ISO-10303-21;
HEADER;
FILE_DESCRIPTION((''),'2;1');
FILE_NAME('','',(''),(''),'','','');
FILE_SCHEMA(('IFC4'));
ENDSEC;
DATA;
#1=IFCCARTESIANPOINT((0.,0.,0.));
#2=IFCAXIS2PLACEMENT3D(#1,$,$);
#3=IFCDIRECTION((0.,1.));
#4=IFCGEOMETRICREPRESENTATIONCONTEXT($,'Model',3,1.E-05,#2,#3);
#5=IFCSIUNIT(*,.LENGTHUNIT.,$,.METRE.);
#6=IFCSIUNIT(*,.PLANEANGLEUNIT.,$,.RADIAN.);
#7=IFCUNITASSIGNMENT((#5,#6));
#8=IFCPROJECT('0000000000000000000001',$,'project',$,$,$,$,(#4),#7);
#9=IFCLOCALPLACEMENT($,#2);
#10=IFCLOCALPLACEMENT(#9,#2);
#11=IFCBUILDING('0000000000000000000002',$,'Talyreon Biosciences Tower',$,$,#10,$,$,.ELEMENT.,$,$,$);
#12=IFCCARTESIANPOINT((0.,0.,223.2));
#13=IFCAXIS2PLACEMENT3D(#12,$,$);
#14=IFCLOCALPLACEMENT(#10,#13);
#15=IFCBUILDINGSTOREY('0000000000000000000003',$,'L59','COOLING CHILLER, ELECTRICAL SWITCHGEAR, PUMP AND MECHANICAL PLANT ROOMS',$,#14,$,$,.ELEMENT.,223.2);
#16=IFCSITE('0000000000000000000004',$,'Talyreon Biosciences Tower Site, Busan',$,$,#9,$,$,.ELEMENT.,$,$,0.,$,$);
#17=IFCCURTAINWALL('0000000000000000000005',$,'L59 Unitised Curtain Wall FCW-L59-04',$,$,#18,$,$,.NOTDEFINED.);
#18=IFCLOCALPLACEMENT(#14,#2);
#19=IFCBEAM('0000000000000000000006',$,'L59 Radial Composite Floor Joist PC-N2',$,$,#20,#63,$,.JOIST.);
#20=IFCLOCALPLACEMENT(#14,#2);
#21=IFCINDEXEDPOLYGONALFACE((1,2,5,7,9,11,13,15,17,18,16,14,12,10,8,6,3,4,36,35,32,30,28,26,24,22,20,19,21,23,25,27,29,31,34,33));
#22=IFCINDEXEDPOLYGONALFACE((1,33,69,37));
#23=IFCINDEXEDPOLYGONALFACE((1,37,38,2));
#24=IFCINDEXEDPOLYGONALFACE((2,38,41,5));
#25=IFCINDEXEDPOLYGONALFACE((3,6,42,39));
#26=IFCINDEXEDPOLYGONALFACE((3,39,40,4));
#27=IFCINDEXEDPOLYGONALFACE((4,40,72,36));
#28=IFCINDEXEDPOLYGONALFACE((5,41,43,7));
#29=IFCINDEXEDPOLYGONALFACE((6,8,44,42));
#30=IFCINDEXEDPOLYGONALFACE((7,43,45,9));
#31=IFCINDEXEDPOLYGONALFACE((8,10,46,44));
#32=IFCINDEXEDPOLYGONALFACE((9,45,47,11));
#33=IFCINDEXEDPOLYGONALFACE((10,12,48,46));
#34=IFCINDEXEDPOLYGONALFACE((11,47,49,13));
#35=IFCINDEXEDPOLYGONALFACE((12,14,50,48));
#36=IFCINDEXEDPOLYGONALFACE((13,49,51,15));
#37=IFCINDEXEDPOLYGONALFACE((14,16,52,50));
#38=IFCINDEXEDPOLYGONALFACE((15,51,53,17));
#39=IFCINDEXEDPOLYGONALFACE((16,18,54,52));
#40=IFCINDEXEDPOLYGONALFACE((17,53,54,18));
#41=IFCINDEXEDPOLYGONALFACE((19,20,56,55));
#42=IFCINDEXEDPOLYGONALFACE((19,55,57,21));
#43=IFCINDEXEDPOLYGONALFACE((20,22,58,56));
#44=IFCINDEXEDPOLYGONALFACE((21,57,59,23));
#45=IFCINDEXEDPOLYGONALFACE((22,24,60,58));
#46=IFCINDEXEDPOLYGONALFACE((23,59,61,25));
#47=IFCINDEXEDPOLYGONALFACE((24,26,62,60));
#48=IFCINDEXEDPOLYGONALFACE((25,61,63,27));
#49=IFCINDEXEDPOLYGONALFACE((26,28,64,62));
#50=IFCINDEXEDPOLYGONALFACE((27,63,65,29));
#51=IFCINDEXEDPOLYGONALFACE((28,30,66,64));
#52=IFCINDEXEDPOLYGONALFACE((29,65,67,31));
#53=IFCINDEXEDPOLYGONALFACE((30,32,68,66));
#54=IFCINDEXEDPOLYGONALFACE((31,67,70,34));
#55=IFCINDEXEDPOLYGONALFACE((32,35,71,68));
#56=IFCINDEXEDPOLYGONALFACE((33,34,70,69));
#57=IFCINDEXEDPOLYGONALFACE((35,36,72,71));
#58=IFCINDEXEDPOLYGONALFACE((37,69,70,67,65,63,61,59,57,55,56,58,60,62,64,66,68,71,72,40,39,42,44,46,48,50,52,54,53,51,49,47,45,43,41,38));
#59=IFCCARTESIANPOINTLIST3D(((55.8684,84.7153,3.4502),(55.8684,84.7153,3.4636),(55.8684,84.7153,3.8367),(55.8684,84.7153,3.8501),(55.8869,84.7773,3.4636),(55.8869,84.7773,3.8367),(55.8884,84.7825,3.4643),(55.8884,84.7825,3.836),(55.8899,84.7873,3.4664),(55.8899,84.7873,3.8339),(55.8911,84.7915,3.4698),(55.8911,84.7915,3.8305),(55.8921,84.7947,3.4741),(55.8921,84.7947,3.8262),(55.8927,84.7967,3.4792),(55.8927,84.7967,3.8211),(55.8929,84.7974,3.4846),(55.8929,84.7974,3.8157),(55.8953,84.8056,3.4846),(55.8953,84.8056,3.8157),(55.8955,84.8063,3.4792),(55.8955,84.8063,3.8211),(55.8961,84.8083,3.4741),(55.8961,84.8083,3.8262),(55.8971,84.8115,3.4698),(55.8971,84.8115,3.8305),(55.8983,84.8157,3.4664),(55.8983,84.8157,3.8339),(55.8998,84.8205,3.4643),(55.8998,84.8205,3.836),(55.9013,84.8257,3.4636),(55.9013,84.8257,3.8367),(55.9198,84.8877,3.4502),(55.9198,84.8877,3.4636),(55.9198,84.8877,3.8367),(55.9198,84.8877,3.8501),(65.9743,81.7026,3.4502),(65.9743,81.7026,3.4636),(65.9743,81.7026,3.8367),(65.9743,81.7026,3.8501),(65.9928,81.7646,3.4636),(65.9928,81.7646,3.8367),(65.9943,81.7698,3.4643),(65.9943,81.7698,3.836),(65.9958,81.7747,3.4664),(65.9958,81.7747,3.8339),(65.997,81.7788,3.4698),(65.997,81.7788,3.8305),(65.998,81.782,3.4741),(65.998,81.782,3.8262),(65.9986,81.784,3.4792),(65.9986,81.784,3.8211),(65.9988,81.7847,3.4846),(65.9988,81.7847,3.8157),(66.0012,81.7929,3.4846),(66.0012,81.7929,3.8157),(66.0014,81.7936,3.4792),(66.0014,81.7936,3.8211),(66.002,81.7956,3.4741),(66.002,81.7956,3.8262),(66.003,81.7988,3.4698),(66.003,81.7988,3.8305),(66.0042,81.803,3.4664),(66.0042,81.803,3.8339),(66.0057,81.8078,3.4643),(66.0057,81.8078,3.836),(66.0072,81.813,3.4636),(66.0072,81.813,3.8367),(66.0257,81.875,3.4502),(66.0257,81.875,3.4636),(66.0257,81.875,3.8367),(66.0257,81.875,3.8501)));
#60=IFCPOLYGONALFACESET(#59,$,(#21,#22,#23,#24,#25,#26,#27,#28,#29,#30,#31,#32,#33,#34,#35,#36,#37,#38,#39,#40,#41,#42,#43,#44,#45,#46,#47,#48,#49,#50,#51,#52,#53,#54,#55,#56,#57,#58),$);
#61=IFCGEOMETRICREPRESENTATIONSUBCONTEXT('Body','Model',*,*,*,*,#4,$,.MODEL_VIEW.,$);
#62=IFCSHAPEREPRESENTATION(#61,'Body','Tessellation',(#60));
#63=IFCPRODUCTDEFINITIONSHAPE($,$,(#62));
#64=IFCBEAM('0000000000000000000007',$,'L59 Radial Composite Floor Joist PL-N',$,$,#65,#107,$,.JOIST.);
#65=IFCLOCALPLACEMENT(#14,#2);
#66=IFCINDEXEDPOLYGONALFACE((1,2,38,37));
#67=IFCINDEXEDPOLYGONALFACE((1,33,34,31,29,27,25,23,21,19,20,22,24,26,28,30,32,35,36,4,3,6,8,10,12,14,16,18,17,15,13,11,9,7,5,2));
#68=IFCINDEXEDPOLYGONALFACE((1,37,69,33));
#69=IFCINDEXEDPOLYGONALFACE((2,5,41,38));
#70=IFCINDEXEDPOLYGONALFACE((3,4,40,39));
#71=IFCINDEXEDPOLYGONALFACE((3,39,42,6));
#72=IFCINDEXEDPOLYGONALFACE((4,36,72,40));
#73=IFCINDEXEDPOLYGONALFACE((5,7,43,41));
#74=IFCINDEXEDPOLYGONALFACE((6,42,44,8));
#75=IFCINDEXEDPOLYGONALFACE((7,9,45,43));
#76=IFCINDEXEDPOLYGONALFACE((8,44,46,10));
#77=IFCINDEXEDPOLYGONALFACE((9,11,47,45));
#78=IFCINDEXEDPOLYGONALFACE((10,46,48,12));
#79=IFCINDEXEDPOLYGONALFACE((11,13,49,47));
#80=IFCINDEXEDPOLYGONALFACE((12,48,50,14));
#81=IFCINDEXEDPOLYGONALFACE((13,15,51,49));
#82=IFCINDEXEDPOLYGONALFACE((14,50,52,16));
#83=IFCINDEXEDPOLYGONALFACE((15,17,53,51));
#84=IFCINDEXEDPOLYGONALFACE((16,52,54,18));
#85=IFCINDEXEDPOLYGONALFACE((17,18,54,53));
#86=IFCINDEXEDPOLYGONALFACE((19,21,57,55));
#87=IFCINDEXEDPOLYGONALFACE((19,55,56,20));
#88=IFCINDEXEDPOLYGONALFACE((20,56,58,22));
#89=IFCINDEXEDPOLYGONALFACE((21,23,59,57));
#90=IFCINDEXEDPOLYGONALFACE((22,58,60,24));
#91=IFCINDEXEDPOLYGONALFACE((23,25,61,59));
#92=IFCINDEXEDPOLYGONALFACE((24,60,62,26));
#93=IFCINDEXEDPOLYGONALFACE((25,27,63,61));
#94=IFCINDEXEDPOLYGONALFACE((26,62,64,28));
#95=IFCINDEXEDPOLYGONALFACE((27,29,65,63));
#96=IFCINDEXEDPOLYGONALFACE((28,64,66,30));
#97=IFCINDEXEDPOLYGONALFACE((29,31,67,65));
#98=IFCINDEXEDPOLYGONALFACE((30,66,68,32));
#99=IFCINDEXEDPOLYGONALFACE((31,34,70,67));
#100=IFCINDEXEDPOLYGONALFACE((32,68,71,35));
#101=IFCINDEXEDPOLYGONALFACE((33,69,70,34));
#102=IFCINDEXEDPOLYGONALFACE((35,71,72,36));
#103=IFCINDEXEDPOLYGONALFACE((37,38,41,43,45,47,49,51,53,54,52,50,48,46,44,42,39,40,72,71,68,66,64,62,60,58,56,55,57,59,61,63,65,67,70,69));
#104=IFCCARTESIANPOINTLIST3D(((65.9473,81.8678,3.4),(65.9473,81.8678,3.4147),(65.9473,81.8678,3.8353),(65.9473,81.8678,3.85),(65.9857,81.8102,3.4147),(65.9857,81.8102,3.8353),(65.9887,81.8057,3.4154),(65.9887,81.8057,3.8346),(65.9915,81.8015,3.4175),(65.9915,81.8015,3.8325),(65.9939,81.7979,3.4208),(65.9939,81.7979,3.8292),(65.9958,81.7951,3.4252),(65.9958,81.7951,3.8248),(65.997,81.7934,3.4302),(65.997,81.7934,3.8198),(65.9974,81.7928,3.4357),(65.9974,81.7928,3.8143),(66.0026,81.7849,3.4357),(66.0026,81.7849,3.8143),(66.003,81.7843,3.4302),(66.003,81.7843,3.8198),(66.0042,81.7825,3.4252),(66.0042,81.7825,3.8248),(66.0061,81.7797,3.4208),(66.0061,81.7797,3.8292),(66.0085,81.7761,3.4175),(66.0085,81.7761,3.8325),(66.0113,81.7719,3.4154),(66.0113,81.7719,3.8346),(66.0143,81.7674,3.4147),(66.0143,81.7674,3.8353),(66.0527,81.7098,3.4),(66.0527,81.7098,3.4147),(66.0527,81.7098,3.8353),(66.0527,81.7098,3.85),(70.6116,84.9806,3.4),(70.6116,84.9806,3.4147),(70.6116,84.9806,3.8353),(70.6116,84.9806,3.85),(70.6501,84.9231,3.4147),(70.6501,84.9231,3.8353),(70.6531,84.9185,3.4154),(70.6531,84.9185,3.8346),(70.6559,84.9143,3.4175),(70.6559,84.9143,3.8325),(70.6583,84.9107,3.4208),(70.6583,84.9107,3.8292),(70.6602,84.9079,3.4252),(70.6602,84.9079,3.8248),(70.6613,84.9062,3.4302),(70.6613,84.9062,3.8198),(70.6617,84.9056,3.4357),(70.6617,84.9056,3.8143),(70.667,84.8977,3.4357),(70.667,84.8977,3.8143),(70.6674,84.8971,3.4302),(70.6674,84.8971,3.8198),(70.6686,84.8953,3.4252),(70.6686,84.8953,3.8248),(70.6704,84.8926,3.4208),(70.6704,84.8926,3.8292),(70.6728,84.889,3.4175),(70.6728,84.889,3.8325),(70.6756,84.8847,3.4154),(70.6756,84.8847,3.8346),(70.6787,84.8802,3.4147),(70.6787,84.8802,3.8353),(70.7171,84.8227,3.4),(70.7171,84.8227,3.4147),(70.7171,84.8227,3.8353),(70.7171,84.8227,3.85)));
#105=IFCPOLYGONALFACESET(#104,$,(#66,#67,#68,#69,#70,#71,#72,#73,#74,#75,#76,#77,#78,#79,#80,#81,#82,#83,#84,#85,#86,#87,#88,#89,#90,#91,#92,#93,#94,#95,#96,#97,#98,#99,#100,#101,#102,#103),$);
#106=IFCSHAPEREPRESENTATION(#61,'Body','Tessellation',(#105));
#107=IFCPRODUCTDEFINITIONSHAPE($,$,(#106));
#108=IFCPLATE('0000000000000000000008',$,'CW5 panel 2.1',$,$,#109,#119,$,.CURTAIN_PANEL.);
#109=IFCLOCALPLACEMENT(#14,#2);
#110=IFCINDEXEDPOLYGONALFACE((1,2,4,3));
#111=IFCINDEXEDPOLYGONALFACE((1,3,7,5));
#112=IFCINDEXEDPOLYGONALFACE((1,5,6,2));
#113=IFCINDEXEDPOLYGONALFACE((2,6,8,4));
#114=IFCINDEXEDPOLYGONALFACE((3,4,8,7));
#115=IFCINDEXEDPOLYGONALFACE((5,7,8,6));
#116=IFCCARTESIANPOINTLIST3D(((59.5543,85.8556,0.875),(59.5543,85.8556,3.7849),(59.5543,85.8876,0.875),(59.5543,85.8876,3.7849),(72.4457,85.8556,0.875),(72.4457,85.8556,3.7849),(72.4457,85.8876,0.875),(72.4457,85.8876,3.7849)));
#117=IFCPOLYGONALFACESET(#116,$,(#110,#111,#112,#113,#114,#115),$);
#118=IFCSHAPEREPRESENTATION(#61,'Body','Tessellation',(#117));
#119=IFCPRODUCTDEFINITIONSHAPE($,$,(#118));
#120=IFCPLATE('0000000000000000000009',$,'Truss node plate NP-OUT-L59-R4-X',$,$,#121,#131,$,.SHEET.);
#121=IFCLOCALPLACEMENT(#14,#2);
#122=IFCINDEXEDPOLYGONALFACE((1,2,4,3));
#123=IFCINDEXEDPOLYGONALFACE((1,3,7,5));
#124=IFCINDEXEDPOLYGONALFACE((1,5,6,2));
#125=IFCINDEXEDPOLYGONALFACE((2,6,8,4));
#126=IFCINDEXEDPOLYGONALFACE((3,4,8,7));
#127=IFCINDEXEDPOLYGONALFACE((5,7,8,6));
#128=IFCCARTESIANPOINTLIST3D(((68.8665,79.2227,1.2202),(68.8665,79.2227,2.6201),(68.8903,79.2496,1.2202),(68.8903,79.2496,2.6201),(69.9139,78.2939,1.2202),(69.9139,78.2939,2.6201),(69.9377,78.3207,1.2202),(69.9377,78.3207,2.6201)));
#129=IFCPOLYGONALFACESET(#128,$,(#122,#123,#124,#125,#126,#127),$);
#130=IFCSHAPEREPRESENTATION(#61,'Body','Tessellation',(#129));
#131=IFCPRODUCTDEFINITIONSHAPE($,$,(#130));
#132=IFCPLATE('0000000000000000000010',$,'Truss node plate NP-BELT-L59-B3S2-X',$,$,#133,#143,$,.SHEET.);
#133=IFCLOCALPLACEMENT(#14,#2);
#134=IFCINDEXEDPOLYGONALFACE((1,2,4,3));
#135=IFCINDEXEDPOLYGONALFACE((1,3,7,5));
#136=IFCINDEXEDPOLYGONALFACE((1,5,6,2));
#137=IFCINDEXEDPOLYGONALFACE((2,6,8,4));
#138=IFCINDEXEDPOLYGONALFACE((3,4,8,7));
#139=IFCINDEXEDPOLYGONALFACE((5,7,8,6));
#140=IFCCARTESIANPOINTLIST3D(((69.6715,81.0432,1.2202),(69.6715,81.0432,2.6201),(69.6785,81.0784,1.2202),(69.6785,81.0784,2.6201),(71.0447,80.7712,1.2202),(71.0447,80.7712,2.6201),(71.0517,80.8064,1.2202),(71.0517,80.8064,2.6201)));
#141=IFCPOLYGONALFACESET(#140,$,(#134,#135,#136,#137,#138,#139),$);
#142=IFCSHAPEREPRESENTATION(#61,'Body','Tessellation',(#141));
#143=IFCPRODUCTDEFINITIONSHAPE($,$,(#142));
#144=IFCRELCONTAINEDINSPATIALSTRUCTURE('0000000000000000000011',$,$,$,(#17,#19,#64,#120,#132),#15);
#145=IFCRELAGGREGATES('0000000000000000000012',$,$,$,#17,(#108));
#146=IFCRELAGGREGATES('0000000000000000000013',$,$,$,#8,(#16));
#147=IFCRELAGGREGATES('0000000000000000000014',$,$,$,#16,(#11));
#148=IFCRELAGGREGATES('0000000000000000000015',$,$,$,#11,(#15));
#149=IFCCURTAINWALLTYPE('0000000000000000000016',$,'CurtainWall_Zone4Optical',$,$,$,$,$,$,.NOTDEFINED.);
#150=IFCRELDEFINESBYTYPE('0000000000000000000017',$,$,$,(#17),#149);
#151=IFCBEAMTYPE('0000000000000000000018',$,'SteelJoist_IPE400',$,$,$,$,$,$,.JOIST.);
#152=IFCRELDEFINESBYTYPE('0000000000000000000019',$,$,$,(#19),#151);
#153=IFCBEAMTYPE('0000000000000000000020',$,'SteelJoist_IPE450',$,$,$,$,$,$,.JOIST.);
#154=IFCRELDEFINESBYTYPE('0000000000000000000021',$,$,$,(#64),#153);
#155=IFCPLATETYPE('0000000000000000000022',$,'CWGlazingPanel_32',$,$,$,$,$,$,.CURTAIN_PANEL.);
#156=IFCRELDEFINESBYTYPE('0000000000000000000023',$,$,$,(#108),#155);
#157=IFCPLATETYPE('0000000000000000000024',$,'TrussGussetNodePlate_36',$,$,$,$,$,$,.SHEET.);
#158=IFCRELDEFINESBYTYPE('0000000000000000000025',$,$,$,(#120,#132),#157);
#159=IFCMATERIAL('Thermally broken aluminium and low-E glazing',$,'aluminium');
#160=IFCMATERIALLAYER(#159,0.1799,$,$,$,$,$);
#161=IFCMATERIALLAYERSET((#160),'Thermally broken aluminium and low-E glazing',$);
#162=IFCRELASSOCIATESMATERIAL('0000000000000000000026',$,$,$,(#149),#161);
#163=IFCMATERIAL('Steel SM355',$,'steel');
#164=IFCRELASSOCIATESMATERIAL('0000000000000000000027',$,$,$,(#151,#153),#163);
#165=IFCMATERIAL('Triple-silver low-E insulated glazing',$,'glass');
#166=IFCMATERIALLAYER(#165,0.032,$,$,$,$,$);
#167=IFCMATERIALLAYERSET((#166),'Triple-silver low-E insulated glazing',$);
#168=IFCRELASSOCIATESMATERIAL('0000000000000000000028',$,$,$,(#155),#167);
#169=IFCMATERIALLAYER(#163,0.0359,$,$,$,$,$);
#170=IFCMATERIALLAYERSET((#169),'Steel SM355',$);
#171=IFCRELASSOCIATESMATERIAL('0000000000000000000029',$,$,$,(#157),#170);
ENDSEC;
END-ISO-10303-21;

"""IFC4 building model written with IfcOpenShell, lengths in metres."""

from ifc_helpers import new_model, si_unit, direction, frame, origin, origin_2d, place, context, subcontext, project, spatial, rectangle, i_section, extrude, material, layer, layer_set, material_profile, profile_set, type_object, element, aggregate, save


model = new_model("IFC4")

# Units and contexts
model_context = context("Model", 3, precision=1e-05, world=origin(), true_north=direction((0.0, 1.0)))
body_context = subcontext(model_context, "Body", "Model", "MODEL_VIEW")
ifc_project = project(units=[si_unit("LENGTHUNIT", "METRE"), si_unit("PLANEANGLEUNIT", "RADIAN")], contexts=[model_context])

# Site, building, storey
site_placement = place(None, origin())
site = spatial("IfcSite", under=ifc_project, at=site_placement, Name="Talyreon Biosciences Tower Site, Busan", CompositionType="ELEMENT", RefElevation=0.0)
building_placement = place(site_placement, origin())
building = spatial("IfcBuilding", under=site, at=building_placement, Name="Talyreon Biosciences Tower", CompositionType="ELEMENT")
storey_placement = place(building_placement, frame((0.0, 0.0, 223.2)))
storey = spatial("IfcBuildingStorey", under=building, at=storey_placement, Name="L59", Description="COOLING CHILLER, ELECTRICAL SWITCHGEAR, PUMP AND MECHANICAL PLANT ROOMS", CompositionType="ELEMENT", Elevation=223.2)

# Shared definitions
ifc_material_1 = material(Name="Steel SM355", Category="steel")

# Curtain wall
ifc_material_2 = material(Name="Thermally broken aluminium and low-E glazing", Category="aluminium")
ifc_layer_1 = layer(ifc_material_2, 0.1799)
ifc_layer_set_1 = layer_set([ifc_layer_1], Name="Thermally broken aluminium and low-E glazing")
curtain_wall_type = type_object("IfcCurtainWallType", Name="CurtainWall_Zone4Optical", PredefinedType="NOTDEFINED", material=ifc_layer_set_1)
curtain_wall_placement = place(storey_placement, origin())
curtain_wall = element("IfcCurtainWall", 1, at=curtain_wall_placement, inside=storey, type_object=curtain_wall_type, Name="L59 Unitised Curtain Wall FCW-L59-04", PredefinedType="NOTDEFINED")

# Beams
ifc_material_profile_1 = material_profile(ifc_material_1, i_section(OverallWidth=0.1799, OverallDepth=0.3999, WebThickness=0.0085, FlangeThickness=0.0134, FilletRadius=0.021, at=origin_2d()), Name="IPE400")
ifc_profile_set_1 = profile_set([ifc_material_profile_1], Name="Steel SM355")
beam_type_1 = type_object("IfcBeamType", Name="SteelJoist_IPE400", PredefinedType="JOIST", material=ifc_profile_set_1)
for number, where, z_axis, x_axis, name in (
    (2, (66.0, 81.7888, 3.6501), (-0.958323, 0.285687, 0.0), (-0.285687, -0.958323, 0.0), "L59 Radial Composite Floor Joist PC-N2"),
):
    element("IfcBeam", number, at=place(storey_placement, frame(where, z_axis=z_axis, x_axis=x_axis)), inside=storey, type_object=beam_type_1, Name=name, PredefinedType="JOIST", context=body_context, shape_type="SweptSolid", body=[
        extrude(i_section(OverallWidth=0.1799, OverallDepth=0.3999, WebThickness=0.0085, FlangeThickness=0.0134, FilletRadius=0.021, at=origin_2d()), origin(), (0.0, 0.0, 1.0), 10.5454),
    ])
ifc_material_profile_2 = material_profile(ifc_material_1, i_section(OverallWidth=0.1899, OverallDepth=0.45, WebThickness=0.0095, FlangeThickness=0.0146, FilletRadius=0.021, at=origin_2d()), Name="IPE450")
ifc_profile_set_2 = profile_set([ifc_material_profile_2], Name="Steel SM355")
beam_type_2 = type_object("IfcBeamType", Name="SteelJoist_IPE450", PredefinedType="JOIST", material=ifc_profile_set_2)
beam_1_placement = place(storey_placement, frame((66.0, 81.7888, 3.625), z_axis=(0.831782, 0.555102, 0.0), x_axis=(-0.555102, 0.831782, 0.0)))
element("IfcBeam", 3, at=beam_1_placement, inside=storey, type_object=beam_type_2, Name="L59 Radial Composite Floor Joist PL-N", PredefinedType="JOIST", context=body_context, shape_type="SweptSolid", body=[
    extrude(i_section(OverallWidth=0.1899, OverallDepth=0.45, WebThickness=0.0095, FlangeThickness=0.0146, FilletRadius=0.021, at=origin_2d()), origin(), (0.0, 0.0, 1.0), 5.6077),
])

# Plate
ifc_material_3 = material(Name="Triple-silver low-E insulated glazing", Category="glass")
ifc_layer_2 = layer(ifc_material_3, 0.032)
ifc_layer_set_2 = layer_set([ifc_layer_2], Name="Triple-silver low-E insulated glazing")
plate_type_1 = type_object("IfcPlateType", Name="CWGlazingPanel_32", PredefinedType="CURTAIN_PANEL", material=ifc_layer_set_2)
plate_placement = place(storey_placement, frame((66.0, 85.8716, 0.875), z_axis=(0.0, 0.0, 1.0), x_axis=(1.0, 0.0, 0.0)))
plate = element("IfcPlate", 4, at=plate_placement, type_object=plate_type_1, Name="CW5 panel 2.1", PredefinedType="CURTAIN_PANEL", context=body_context, shape_type="SweptSolid", body=[
    extrude(rectangle(XDim=12.8914, YDim=0.032, at=origin_2d()), origin(), (0.0, 0.0, 1.0), 2.9099),
])
aggregate(curtain_wall, [plate])

# Plates
ifc_layer_3 = layer(ifc_material_1, 0.0359)
ifc_layer_set_3 = layer_set([ifc_layer_3], Name="Steel SM355")
plate_type_2 = type_object("IfcPlateType", Name="TrussGussetNodePlate_36", PredefinedType="SHEET", material=ifc_layer_set_3)
for number, where, z_axis, x_axis, name in (
    (5, (69.4021, 78.7717, 1.2202), (0.0, 0.0, 1.0), (-0.74818, 0.663495, 0.0), "Truss node plate NP-OUT-L59-R4-X"),
    (6, (70.3616, 80.9248, 1.2202), (0.0, 0.0, 1.0), (-0.980935, 0.194337, 0.0), "Truss node plate NP-BELT-L59-B3S2-X"),
):
    element("IfcPlate", number, at=place(storey_placement, frame(where, z_axis=z_axis, x_axis=x_axis)), inside=storey, type_object=plate_type_2, Name=name, PredefinedType="SHEET", context=body_context, shape_type="SweptSolid", body=[
        extrude(rectangle(XDim=1.3999, YDim=0.0359, at=origin_2d()), origin(), (0.0, 0.0, 1.0), 1.3999),
    ])

save(model, "model.ifc")
